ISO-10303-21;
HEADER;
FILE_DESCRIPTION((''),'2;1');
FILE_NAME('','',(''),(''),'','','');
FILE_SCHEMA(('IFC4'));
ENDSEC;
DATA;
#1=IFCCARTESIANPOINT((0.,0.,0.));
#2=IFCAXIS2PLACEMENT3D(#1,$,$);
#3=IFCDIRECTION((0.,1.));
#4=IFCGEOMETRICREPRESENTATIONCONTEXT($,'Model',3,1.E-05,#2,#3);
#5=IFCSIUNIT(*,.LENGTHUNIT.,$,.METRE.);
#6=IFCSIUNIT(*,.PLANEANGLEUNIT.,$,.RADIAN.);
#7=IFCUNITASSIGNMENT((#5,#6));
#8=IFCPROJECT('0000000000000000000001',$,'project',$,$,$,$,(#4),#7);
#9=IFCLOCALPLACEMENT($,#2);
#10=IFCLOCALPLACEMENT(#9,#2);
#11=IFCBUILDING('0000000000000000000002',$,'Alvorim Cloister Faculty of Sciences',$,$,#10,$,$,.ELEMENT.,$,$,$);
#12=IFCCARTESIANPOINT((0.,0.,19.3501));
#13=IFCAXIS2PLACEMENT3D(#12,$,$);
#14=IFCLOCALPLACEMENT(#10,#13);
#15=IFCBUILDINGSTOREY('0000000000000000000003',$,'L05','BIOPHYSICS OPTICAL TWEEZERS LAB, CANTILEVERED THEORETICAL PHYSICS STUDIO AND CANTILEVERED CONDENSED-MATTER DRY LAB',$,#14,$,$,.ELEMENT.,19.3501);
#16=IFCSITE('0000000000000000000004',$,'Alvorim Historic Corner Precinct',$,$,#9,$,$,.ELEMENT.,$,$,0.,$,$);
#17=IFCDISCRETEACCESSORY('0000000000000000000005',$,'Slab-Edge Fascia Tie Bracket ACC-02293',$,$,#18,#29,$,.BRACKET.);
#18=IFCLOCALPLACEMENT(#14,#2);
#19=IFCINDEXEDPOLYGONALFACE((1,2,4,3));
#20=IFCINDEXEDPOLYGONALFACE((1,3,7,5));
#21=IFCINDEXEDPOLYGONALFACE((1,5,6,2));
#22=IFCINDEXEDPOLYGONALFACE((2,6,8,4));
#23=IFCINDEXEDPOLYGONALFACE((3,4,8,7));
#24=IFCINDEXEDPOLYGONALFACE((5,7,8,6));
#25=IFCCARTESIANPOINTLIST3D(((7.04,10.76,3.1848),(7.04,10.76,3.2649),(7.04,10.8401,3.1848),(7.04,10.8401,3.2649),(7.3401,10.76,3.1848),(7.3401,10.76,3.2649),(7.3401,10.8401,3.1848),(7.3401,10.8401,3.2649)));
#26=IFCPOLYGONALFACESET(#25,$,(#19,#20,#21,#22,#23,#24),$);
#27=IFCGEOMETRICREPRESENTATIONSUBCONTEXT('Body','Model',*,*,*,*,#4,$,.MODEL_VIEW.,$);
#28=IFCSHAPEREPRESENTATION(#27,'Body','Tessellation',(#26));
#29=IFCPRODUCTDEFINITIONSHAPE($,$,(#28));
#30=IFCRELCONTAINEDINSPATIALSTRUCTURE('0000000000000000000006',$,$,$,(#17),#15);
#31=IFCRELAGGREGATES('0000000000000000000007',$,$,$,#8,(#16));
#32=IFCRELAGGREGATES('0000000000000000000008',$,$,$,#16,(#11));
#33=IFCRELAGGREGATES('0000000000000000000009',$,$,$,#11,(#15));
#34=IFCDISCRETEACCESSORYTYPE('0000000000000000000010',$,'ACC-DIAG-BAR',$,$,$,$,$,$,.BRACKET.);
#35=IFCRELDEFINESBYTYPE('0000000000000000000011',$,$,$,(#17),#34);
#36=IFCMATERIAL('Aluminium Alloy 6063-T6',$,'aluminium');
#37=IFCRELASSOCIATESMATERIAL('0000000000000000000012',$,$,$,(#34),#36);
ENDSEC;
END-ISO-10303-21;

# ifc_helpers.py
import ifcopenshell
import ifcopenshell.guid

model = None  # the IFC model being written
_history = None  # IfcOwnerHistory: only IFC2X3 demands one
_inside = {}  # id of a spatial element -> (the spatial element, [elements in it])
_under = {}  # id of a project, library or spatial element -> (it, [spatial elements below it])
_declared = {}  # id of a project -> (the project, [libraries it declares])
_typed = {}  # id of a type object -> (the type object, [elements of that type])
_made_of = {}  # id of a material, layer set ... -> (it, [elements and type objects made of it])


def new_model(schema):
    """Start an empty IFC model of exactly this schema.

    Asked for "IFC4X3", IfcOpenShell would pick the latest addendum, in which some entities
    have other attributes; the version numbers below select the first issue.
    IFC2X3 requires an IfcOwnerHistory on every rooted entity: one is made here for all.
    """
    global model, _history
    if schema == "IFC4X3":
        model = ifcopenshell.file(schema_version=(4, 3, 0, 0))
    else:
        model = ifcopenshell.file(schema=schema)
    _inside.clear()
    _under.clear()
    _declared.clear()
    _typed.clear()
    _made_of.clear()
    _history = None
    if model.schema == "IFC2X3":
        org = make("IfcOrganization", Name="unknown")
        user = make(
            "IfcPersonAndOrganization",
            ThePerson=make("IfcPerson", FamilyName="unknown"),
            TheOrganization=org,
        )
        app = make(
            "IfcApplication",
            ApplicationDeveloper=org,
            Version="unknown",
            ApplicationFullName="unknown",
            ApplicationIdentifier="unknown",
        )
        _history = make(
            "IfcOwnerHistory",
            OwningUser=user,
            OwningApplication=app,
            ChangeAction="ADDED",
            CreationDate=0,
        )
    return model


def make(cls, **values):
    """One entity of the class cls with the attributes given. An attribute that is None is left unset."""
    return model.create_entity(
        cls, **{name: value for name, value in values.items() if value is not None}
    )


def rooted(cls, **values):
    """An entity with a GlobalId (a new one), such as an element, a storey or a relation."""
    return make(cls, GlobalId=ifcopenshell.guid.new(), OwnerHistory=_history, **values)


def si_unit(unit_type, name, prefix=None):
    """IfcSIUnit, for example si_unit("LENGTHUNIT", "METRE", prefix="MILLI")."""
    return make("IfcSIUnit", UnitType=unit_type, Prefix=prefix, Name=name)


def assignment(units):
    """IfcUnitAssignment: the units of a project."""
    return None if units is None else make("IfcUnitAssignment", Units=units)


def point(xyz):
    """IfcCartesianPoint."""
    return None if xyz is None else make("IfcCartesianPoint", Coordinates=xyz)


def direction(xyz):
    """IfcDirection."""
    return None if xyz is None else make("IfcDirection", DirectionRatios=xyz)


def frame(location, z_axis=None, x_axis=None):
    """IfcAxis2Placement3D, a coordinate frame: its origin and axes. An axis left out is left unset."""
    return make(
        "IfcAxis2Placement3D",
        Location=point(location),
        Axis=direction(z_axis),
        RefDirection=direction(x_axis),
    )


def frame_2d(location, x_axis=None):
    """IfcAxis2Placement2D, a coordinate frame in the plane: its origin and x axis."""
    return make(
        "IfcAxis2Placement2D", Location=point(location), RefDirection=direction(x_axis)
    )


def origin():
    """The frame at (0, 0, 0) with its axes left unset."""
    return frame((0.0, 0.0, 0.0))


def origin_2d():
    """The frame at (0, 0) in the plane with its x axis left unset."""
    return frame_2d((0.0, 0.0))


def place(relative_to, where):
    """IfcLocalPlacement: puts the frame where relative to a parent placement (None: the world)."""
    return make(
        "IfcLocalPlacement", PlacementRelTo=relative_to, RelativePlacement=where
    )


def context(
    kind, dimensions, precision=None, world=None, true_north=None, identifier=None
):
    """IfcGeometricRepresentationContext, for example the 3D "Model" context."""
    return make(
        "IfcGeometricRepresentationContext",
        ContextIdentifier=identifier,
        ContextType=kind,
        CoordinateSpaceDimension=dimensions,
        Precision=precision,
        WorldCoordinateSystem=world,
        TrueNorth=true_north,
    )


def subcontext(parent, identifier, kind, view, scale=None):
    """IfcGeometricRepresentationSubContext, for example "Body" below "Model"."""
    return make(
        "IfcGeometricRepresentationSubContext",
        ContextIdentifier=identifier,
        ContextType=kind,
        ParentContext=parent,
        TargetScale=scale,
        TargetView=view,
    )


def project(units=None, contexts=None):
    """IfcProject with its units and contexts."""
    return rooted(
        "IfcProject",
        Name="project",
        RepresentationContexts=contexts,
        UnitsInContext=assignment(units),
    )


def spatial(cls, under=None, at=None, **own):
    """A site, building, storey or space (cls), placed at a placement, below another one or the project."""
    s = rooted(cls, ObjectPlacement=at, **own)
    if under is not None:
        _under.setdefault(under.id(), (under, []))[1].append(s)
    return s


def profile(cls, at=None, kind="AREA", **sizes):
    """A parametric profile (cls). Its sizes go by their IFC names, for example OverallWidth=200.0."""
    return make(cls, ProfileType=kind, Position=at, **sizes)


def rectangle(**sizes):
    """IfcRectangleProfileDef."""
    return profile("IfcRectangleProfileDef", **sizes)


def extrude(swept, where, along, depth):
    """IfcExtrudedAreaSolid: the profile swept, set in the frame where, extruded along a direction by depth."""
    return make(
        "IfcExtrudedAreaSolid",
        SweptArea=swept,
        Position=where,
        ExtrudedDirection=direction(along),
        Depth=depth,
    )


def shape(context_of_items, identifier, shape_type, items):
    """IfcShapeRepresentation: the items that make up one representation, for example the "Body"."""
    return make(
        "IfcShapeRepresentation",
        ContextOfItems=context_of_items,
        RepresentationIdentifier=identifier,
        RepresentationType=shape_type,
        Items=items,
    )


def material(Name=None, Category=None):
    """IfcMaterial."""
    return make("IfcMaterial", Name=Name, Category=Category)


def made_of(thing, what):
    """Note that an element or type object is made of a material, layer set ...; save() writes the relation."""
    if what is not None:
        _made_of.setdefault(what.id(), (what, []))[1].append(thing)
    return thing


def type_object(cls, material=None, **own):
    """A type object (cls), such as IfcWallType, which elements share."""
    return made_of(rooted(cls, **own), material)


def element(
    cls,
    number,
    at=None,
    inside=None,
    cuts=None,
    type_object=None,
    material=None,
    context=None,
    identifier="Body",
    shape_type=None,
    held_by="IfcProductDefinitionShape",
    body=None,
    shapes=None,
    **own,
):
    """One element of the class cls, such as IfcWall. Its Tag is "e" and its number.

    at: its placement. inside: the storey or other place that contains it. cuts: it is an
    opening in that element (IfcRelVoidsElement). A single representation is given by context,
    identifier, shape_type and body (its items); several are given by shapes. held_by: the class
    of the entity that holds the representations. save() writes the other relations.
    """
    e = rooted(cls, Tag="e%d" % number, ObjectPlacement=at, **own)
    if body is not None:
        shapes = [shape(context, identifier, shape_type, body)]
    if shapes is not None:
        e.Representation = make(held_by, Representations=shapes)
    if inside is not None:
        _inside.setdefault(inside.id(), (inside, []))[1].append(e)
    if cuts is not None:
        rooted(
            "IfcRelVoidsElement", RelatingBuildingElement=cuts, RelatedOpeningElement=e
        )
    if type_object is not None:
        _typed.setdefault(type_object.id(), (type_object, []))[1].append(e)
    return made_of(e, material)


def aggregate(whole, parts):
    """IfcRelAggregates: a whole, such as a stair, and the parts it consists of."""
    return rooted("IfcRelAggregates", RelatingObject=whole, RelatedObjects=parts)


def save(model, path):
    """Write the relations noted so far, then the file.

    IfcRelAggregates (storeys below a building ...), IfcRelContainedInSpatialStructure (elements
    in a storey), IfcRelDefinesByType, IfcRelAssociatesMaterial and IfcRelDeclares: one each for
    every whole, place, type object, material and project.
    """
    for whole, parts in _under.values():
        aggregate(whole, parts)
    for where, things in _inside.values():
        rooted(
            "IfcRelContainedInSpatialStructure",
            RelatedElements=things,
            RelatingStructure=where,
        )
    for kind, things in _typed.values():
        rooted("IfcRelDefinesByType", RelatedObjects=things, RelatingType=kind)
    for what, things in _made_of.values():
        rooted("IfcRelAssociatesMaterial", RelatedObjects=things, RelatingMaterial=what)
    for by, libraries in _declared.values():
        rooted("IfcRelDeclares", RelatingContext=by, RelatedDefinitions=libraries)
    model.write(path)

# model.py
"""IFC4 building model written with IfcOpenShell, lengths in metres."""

from ifc_helpers import new_model, si_unit, direction, frame, origin, origin_2d, place, context, subcontext, project, spatial, rectangle, extrude, material, type_object, element, save


model = new_model("IFC4")

# Units and contexts
model_context = context("Model", 3, precision=1e-05, world=origin(), true_north=direction((0.0, 1.0)))
body_context = subcontext(model_context, "Body", "Model", "MODEL_VIEW")
ifc_project = project(units=[si_unit("LENGTHUNIT", "METRE"), si_unit("PLANEANGLEUNIT", "RADIAN")], contexts=[model_context])

# Site, building, storey
site_placement = place(None, origin())
site = spatial("IfcSite", under=ifc_project, at=site_placement, Name="Alvorim Historic Corner Precinct", CompositionType="ELEMENT", RefElevation=0.0)
building_placement = place(site_placement, origin())
building = spatial("IfcBuilding", under=site, at=building_placement, Name="Alvorim Cloister Faculty of Sciences", CompositionType="ELEMENT")
storey_placement = place(building_placement, frame((0.0, 0.0, 19.3501)))
storey = spatial("IfcBuildingStorey", under=building, at=storey_placement, Name="L05", Description="BIOPHYSICS OPTICAL TWEEZERS LAB, CANTILEVERED THEORETICAL PHYSICS STUDIO AND CANTILEVERED CONDENSED-MATTER DRY LAB", CompositionType="ELEMENT", Elevation=19.3501)

# Shared definitions
ifc_material_1 = material(Name="Aluminium Alloy 6063-T6", Category="aluminium")

# Discrete accessory
discrete_accessory_type = type_object("IfcDiscreteAccessoryType", Name="ACC-DIAG-BAR", PredefinedType="BRACKET", material=ifc_material_1)
discrete_accessory_placement = place(storey_placement, frame((7.3401, 10.8, 3.2249), z_axis=(-1.0, 0.0, 0.0), x_axis=(0.0, -1.0, 0.0)))
element("IfcDiscreteAccessory", 1, at=discrete_accessory_placement, inside=storey, type_object=discrete_accessory_type, Name="Slab-Edge Fascia Tie Bracket ACC-02293", PredefinedType="BRACKET", context=body_context, shape_type="SweptSolid", body=[
    extrude(rectangle(XDim=0.0801, YDim=0.0801, at=origin_2d()), origin(), (0.0, 0.0, 1.0), 0.3),
])

save(model, "model.ifc")
